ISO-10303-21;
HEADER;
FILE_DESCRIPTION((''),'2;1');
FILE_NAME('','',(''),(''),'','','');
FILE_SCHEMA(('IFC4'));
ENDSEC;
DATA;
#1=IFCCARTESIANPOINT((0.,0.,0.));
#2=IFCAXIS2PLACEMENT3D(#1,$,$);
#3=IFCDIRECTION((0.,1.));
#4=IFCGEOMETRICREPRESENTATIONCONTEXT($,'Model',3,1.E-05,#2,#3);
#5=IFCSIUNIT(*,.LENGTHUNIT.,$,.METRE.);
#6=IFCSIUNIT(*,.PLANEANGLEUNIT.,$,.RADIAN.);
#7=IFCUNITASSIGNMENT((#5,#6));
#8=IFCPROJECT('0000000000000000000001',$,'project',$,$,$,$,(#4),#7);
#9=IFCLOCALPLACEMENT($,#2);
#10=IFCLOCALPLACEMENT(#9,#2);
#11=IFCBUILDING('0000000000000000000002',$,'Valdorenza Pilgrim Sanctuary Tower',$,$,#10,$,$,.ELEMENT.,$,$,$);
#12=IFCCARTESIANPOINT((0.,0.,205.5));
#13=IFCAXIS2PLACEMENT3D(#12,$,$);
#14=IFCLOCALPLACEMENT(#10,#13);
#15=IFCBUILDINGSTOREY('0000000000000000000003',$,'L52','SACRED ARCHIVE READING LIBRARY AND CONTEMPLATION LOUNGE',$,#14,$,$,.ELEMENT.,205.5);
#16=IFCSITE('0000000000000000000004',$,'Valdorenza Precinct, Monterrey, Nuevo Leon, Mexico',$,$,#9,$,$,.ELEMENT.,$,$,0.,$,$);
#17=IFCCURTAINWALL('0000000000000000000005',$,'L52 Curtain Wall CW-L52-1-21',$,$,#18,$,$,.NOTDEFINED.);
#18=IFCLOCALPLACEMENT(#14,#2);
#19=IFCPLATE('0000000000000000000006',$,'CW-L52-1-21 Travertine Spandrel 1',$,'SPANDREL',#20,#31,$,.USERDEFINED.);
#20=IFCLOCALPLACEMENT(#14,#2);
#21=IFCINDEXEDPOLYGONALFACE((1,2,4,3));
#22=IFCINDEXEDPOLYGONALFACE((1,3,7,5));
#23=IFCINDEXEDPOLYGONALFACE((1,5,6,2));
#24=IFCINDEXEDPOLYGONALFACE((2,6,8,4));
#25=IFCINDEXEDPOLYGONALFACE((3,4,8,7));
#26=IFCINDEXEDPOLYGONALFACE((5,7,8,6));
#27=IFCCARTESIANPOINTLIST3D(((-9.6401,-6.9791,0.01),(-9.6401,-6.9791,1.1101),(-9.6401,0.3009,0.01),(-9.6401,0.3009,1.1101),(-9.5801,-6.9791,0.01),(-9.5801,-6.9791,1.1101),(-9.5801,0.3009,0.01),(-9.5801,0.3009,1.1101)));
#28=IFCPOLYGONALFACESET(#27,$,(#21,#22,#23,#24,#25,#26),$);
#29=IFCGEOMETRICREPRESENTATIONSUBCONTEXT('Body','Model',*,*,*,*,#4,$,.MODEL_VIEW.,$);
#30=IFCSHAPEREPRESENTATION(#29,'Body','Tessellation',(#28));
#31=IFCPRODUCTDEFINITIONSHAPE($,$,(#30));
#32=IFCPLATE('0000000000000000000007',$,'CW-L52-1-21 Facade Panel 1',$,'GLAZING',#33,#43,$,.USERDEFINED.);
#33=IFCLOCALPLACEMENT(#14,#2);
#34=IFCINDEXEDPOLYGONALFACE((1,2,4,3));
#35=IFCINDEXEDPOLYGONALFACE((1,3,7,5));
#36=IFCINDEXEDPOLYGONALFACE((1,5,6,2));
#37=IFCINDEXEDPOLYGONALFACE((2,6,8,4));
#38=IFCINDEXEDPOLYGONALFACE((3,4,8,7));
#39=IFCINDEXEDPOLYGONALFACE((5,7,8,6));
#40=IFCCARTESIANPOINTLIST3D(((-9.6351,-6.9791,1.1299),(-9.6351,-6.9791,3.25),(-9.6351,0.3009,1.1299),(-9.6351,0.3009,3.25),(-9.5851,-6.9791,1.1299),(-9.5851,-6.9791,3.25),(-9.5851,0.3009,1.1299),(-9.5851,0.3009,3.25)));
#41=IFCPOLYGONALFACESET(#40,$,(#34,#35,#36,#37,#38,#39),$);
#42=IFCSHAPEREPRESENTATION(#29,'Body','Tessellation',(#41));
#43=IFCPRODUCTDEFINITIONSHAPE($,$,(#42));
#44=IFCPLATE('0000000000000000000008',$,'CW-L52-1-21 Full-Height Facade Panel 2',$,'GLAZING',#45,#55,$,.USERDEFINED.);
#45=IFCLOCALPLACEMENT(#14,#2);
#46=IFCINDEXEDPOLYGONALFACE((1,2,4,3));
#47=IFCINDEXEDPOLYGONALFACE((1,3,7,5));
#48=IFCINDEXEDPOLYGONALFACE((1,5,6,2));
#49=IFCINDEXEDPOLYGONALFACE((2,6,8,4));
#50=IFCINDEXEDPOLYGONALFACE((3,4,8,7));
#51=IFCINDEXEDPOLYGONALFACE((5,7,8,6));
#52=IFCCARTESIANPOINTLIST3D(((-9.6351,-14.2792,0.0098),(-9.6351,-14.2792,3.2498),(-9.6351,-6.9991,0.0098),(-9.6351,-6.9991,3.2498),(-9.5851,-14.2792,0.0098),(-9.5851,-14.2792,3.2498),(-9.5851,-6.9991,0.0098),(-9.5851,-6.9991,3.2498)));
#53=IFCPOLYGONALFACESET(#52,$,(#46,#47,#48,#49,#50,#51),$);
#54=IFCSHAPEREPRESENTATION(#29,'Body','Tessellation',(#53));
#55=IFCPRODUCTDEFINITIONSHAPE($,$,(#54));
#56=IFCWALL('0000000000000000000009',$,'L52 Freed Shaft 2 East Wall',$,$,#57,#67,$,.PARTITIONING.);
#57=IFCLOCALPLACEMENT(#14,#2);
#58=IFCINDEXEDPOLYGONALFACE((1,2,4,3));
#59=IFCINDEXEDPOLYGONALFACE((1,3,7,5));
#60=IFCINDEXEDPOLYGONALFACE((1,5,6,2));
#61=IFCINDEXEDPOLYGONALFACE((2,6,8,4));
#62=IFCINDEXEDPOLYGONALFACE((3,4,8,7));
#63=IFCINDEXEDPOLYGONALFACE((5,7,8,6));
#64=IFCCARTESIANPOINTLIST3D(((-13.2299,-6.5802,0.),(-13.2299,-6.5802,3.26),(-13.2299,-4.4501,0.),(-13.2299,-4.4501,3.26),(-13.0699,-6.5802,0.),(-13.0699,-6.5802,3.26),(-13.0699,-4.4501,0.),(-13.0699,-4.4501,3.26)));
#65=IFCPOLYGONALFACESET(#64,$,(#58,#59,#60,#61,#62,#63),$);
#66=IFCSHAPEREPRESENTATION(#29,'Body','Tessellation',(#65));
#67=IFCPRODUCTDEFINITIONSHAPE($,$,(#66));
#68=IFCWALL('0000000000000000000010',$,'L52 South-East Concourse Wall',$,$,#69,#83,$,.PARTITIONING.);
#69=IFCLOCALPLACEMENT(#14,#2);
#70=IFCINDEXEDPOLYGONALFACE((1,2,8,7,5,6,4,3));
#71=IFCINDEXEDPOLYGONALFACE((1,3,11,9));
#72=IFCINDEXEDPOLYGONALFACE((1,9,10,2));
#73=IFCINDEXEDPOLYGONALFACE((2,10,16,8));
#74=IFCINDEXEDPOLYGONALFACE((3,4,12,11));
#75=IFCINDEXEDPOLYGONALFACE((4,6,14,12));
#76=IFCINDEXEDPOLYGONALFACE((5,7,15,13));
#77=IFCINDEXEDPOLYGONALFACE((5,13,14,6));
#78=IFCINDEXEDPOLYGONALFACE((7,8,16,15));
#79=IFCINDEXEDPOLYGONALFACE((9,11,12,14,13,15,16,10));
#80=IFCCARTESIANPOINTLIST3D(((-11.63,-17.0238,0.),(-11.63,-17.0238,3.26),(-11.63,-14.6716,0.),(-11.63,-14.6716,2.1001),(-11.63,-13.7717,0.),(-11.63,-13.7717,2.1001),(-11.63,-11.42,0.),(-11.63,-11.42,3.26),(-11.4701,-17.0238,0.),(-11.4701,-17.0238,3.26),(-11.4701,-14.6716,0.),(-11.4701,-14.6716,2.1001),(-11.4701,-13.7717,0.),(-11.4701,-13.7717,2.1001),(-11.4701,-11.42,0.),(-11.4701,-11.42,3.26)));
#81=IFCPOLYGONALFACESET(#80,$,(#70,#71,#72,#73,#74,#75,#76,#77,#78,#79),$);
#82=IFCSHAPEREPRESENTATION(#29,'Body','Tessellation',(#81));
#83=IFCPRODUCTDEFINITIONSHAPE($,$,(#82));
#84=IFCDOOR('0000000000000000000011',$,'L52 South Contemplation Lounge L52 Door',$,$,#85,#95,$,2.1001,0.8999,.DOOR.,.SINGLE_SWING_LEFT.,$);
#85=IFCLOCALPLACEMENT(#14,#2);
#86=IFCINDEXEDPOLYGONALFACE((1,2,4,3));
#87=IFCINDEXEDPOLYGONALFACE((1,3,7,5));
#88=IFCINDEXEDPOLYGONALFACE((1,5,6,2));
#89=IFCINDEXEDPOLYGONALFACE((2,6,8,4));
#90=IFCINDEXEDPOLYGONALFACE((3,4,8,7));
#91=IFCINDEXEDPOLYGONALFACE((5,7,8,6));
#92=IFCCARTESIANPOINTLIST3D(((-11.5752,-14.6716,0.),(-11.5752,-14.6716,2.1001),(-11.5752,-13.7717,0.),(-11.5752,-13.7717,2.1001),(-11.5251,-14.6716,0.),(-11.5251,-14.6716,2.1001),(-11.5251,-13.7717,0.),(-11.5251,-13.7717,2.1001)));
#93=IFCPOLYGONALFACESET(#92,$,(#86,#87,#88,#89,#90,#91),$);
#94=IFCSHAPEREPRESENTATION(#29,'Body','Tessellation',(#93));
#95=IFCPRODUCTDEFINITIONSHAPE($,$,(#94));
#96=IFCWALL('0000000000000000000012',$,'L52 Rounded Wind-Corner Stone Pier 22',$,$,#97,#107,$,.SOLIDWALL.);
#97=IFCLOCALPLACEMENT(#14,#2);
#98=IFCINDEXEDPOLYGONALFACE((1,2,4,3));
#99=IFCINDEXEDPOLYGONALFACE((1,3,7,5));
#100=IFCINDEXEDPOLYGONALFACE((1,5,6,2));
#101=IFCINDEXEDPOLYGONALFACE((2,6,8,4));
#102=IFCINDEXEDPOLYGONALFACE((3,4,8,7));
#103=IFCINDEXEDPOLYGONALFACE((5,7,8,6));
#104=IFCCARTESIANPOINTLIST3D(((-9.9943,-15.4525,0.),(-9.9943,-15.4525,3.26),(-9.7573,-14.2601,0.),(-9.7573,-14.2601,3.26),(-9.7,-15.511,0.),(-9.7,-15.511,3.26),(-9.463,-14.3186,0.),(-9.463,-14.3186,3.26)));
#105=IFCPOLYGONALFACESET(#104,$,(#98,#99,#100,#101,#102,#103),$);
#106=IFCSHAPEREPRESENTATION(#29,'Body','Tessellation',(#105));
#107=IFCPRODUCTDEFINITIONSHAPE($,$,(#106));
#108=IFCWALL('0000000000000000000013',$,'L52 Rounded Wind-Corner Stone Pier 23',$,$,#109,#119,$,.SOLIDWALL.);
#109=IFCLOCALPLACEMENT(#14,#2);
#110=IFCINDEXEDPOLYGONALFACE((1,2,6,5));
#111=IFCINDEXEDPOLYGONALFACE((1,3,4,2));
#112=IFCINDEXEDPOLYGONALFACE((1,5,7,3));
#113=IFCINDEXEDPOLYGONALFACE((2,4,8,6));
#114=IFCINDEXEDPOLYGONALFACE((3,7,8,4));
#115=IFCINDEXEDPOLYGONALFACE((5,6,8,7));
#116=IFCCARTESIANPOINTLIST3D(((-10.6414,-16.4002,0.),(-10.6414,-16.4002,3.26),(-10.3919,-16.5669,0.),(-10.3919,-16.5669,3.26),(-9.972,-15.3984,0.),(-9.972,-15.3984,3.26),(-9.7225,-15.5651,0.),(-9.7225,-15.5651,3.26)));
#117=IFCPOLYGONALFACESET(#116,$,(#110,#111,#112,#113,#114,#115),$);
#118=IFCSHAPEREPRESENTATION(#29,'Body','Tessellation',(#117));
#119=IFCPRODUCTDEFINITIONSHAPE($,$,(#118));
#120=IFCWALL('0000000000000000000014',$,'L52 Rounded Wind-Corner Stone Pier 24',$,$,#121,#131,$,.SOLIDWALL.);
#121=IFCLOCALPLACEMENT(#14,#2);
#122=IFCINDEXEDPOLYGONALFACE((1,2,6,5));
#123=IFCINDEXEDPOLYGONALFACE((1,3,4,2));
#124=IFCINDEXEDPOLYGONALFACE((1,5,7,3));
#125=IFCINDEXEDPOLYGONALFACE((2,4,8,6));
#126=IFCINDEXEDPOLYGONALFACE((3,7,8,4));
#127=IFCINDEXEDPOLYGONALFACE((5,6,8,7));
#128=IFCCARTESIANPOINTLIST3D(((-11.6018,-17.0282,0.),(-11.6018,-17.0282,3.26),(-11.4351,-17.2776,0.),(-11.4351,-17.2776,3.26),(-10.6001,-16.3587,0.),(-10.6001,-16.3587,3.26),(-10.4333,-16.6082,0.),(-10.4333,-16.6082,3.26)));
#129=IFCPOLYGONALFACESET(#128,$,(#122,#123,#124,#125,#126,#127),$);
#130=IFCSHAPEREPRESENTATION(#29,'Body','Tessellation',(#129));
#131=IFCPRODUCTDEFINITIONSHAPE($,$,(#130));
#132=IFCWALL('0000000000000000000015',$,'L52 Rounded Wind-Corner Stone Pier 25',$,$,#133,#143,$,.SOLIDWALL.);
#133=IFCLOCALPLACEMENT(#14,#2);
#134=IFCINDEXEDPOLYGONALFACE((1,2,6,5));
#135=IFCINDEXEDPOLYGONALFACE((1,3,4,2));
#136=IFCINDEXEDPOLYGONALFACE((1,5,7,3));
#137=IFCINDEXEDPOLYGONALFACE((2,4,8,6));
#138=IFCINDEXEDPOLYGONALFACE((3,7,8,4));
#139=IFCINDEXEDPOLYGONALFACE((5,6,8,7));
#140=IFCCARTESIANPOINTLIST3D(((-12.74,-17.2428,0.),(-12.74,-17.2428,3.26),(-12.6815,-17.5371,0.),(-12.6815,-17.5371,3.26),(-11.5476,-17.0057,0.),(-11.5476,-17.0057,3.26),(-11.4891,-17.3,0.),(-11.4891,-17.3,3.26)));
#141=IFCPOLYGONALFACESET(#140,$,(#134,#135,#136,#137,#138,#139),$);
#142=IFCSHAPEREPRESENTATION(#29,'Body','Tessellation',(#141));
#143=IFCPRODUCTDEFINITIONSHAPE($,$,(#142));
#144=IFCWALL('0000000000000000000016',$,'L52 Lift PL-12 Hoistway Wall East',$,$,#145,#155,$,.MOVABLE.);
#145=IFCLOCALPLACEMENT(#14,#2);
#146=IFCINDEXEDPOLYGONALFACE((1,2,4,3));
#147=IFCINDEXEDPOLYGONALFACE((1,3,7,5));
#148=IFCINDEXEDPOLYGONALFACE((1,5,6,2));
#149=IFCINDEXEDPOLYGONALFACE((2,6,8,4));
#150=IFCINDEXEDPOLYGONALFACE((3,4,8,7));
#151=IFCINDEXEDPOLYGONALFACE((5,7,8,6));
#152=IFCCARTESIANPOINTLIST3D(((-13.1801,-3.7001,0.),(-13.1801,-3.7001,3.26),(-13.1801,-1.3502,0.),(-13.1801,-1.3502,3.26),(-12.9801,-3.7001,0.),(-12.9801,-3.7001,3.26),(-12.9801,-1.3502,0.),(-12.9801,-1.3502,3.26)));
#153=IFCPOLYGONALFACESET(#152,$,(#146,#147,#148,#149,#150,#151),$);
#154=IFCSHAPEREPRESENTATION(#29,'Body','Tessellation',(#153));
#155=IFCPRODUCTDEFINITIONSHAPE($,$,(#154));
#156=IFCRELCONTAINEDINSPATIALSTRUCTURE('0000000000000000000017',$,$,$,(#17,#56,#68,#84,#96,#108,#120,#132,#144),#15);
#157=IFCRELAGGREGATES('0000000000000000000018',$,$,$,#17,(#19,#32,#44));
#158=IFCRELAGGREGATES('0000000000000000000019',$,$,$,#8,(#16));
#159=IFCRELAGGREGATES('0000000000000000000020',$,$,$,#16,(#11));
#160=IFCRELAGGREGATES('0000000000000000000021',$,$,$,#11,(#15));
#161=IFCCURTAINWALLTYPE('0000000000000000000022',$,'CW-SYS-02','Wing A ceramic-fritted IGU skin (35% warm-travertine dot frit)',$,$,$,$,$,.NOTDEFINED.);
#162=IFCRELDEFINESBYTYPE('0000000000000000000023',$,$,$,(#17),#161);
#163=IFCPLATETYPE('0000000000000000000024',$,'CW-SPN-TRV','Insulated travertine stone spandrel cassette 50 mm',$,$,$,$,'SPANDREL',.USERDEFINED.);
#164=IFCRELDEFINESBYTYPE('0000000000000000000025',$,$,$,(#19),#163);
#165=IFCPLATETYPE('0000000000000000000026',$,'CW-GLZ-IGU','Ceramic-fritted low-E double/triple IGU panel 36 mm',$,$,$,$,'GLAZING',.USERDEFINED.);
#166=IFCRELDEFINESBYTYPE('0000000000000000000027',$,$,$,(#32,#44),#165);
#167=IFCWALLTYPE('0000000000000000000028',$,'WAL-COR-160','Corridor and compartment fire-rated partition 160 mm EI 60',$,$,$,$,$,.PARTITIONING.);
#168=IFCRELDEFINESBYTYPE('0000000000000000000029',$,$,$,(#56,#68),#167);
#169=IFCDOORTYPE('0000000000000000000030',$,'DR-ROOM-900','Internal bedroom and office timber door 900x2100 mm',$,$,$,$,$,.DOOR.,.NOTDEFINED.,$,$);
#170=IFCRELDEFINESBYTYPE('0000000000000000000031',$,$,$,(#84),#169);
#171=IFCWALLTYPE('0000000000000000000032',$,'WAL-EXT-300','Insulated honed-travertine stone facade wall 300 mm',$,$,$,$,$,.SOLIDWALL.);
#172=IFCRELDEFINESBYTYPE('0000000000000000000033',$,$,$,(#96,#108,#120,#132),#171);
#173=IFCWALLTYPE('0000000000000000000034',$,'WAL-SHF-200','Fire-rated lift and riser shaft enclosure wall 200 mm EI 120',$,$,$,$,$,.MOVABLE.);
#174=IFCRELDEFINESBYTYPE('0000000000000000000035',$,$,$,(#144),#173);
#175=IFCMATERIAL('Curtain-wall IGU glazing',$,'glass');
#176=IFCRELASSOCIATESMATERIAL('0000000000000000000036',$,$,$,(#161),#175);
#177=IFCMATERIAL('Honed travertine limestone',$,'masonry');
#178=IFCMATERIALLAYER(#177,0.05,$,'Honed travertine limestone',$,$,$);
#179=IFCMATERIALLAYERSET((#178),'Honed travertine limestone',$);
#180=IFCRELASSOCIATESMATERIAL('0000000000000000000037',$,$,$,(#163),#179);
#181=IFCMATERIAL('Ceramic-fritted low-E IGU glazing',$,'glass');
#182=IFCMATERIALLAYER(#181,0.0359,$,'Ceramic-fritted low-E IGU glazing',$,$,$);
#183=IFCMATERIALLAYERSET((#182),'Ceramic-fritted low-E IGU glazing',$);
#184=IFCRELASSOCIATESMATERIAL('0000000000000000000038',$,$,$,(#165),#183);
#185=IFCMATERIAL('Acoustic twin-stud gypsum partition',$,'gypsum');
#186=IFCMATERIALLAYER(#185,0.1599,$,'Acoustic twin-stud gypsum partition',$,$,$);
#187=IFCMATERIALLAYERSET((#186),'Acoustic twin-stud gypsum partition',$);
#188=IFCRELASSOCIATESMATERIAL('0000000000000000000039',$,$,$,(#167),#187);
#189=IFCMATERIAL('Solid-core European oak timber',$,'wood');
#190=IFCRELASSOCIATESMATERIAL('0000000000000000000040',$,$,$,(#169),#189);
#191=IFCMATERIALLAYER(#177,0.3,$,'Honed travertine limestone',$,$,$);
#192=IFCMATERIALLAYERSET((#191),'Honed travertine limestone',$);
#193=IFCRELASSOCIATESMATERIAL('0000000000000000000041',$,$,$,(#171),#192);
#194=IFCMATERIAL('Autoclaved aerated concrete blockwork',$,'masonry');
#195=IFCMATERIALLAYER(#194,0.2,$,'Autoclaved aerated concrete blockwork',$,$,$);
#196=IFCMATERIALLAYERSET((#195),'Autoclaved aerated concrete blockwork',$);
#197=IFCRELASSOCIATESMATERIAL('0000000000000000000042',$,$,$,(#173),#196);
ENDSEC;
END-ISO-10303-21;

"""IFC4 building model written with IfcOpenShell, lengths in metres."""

from ifc_helpers import new_model, si_unit, direction, frame, frame_2d, origin, origin_2d, place, context, subcontext, project, spatial, rectangle, extrude, source, transform, mapped, material, layer, layer_set, type_object, element, fill, aggregate, save


model = new_model("IFC4")

# Units and contexts
model_context = context("Model", 3, precision=1e-05, world=origin(), true_north=direction((0.0, 1.0)))
body_context = subcontext(model_context, "Body", "Model", "MODEL_VIEW")
ifc_project = project(units=[si_unit("LENGTHUNIT", "METRE"), si_unit("PLANEANGLEUNIT", "RADIAN")], contexts=[model_context])

# Site, building, storey
site_placement = place(None, origin())
site = spatial("IfcSite", under=ifc_project, at=site_placement, Name="Valdorenza Precinct, Monterrey, Nuevo Leon, Mexico", CompositionType="ELEMENT", RefElevation=0.0)
building_placement = place(site_placement, origin())
building = spatial("IfcBuilding", under=site, at=building_placement, Name="Valdorenza Pilgrim Sanctuary Tower", CompositionType="ELEMENT")
storey_placement = place(building_placement, frame((0.0, 0.0, 205.5)))
storey = spatial("IfcBuildingStorey", under=building, at=storey_placement, Name="L52", Description="SACRED ARCHIVE READING LIBRARY AND CONTEMPLATION LOUNGE", CompositionType="ELEMENT", Elevation=205.5)

# Shared definitions
ifc_material_1 = material(Name="Curtain-wall IGU glazing", Category="glass")
curtain_wall_type = type_object("IfcCurtainWallType", Name="CW-SYS-02", Description="Wing A ceramic-fritted IGU skin (35% warm-travertine dot frit)", PredefinedType="NOTDEFINED", material=ifc_material_1)

# Curtain wall
curtain_wall_1_placement = place(storey_placement, origin())
curtain_wall_1 = element("IfcCurtainWall", 1, at=curtain_wall_1_placement, inside=storey, type_object=curtain_wall_type, Name="L52 Curtain Wall CW-L52-1-21", PredefinedType="NOTDEFINED")

# Plates
ifc_material_2 = material(Name="Honed travertine limestone", Category="masonry")
ifc_layer_1 = layer(ifc_material_2, 0.05, Name="Honed travertine limestone")
ifc_layer_set_1 = layer_set([ifc_layer_1], Name="Honed travertine limestone")
plate_type_1 = type_object("IfcPlateType", Name="CW-SPN-TRV", Description="Insulated travertine stone spandrel cassette 50 mm", ElementType="SPANDREL", PredefinedType="USERDEFINED", material=ifc_layer_set_1)
shared_shape_1 = source(origin(), body_context, "Body", "SweptSolid", [
    extrude(rectangle(XDim=7.28, YDim=0.0601, at=origin_2d()), origin(), (0.0, 0.0, 1.0), 1.1001),
])
plate_1_placement = place(storey_placement, frame((-9.6101, -3.3391, 0.01), z_axis=(0.0, 0.0, 1.0), x_axis=(0.0, -1.0, 0.0)))
plate_1 = element("IfcPlate", 2, at=plate_1_placement, type_object=plate_type_1, Name="CW-L52-1-21 Travertine Spandrel 1", ObjectType="SPANDREL", PredefinedType="USERDEFINED", context=body_context, shape_type="MappedRepresentation", body=[
    mapped(shared_shape_1, transform((0.0, 0.0, 0.0), x_axis=(1.0, 0.0, 0.0), y_axis=(0.0, 1.0, 0.0), z_axis=(0.0, 0.0, 1.0), scale=1.0)),
])
ifc_material_3 = material(Name="Ceramic-fritted low-E IGU glazing", Category="glass")
ifc_layer_2 = layer(ifc_material_3, 0.0359, Name="Ceramic-fritted low-E IGU glazing")
ifc_layer_set_2 = layer_set([ifc_layer_2], Name="Ceramic-fritted low-E IGU glazing")
plate_type_2 = type_object("IfcPlateType", Name="CW-GLZ-IGU", Description="Ceramic-fritted low-E double/triple IGU panel 36 mm", ElementType="GLAZING", PredefinedType="USERDEFINED", material=ifc_layer_set_2)
shared_shape_2 = source(origin(), body_context, "Body", "SweptSolid", [
    extrude(rectangle(XDim=7.28, YDim=0.05, at=origin_2d()), origin(), (0.0, 0.0, 1.0), 2.1201),
])
plate_2_placement = place(storey_placement, frame((-9.6101, -3.3391, 1.1299), z_axis=(0.0, 0.0, 1.0), x_axis=(0.0, -1.0, 0.0)))
plate_2 = element("IfcPlate", 3, at=plate_2_placement, type_object=plate_type_2, Name="CW-L52-1-21 Facade Panel 1", ObjectType="GLAZING", PredefinedType="USERDEFINED", context=body_context, shape_type="MappedRepresentation", body=[
    mapped(shared_shape_2, transform((0.0, 0.0, 0.0), x_axis=(1.0, 0.0, 0.0), y_axis=(0.0, 1.0, 0.0), z_axis=(0.0, 0.0, 1.0), scale=1.0)),
])
shared_shape_3 = source(origin(), body_context, "Body", "SweptSolid", [
    extrude(rectangle(XDim=7.28, YDim=0.05, at=origin_2d()), origin(), (0.0, 0.0, 1.0), 3.24),
])
plate_3_placement = place(storey_placement, frame((-9.6101, -10.6392, 0.0098), z_axis=(0.0, 0.0, 1.0), x_axis=(0.0, -1.0, 0.0)))
plate_3 = element("IfcPlate", 4, at=plate_3_placement, type_object=plate_type_2, Name="CW-L52-1-21 Full-Height Facade Panel 2", ObjectType="GLAZING", PredefinedType="USERDEFINED", context=body_context, shape_type="MappedRepresentation", body=[
    mapped(shared_shape_3, transform((0.0, 0.0, 0.0), x_axis=(1.0, 0.0, 0.0), y_axis=(0.0, 1.0, 0.0), z_axis=(0.0, 0.0, 1.0), scale=1.0)),
])
aggregate(curtain_wall_1, [plate_1, plate_2, plate_3])

# Wall
ifc_material_4 = material(Name="Acoustic twin-stud gypsum partition", Category="gypsum")
ifc_layer_3 = layer(ifc_material_4, 0.1599, Name="Acoustic twin-stud gypsum partition")
ifc_layer_set_3 = layer_set([ifc_layer_3], Name="Acoustic twin-stud gypsum partition")
wall_type_1 = type_object("IfcWallType", Name="WAL-COR-160", Description="Corridor and compartment fire-rated partition 160 mm EI 60", PredefinedType="PARTITIONING", material=ifc_layer_set_3)
wall_1_placement = place(storey_placement, frame((-13.1499, -6.5801, 0.0), z_axis=(0.0, 0.0, 1.0), x_axis=(0.0, 1.0, 0.0)))
element("IfcWall", 5, at=wall_1_placement, inside=storey, type_object=wall_type_1, Name="L52 Freed Shaft 2 East Wall", PredefinedType="PARTITIONING", context=body_context, shape_type="SweptSolid", body=[
    extrude(rectangle(XDim=2.1301, YDim=0.1599, at=frame_2d((1.0649, 0.0))), origin(), (0.0, 0.0, 1.0), 3.26),
])

# Wall, opening, door
wall_2_placement = place(storey_placement, frame((-11.55, -17.0237, 0.0), z_axis=(0.0, 0.0, 1.0), x_axis=(0.0, 1.0, 0.0)))
wall_2 = element("IfcWall", 6, at=wall_2_placement, inside=storey, type_object=wall_type_1, Name="L52 South-East Concourse Wall", PredefinedType="PARTITIONING", context=body_context, shape_type="SweptSolid", body=[
    extrude(rectangle(XDim=5.6038, YDim=0.1599, at=frame_2d((2.8018, 0.0))), origin(), (0.0, 0.0, 1.0), 3.26),
])
opening_placement = place(wall_2_placement, frame((2.3521, 0.0, 0.0)))
opening = element("IfcOpeningElement", 7, at=opening_placement, cuts=wall_2, PredefinedType="OPENING", context=body_context, shape_type="SweptSolid", body=[
    extrude(rectangle(XDim=0.8999, YDim=2.1001, at=frame_2d((0.45, 1.05))), frame((0.0, 0.0947, 0.0), z_axis=(0.0, -1.0, 0.0), x_axis=(1.0, 0.0, 0.0)), (0.0, 0.0, 1.0), 0.1897),
])
ifc_material_5 = material(Name="Solid-core European oak timber", Category="wood")
door_type = type_object("IfcDoorType", Name="DR-ROOM-900", Description="Internal bedroom and office timber door 900x2100 mm", OperationType="NOTDEFINED", PredefinedType="DOOR", material=ifc_material_5)
door_placement = place(opening_placement, frame((0.8999, 0.0, 0.0), z_axis=(0.0, 0.0, 1.0), x_axis=(-1.0, 0.0, 0.0)))
door = element("IfcDoor", 8, at=door_placement, inside=storey, type_object=door_type, Name="L52 South Contemplation Lounge L52 Door", OperationType="SINGLE_SWING_LEFT", OverallHeight=2.1001, OverallWidth=0.8999, PredefinedType="DOOR", context=body_context, shape_type="SweptSolid", body=[
    extrude(rectangle(XDim=0.8999, YDim=2.1001, at=frame_2d((0.45, 1.05))), frame((0.0, 0.0249, 0.0), z_axis=(0.0, -1.0, 0.0), x_axis=(1.0, 0.0, 0.0)), (0.0, 0.0, 1.0), 0.05),
])
fill(opening, door)

# Walls
ifc_layer_4 = layer(ifc_material_2, 0.3, Name="Honed travertine limestone")
ifc_layer_set_4 = layer_set([ifc_layer_4], Name="Honed travertine limestone")
wall_type_2 = type_object("IfcWallType", Name="WAL-EXT-300", Description="Insulated honed-travertine stone facade wall 300 mm", PredefinedType="SOLIDWALL", material=ifc_layer_set_4)
wall_3_placement = place(storey_placement, frame((-9.6101, -14.2893, 0.0), z_axis=(0.0, 0.0, 1.0), x_axis=(-0.194996, -0.980804, 0.0)))
element("IfcWall", 9, at=wall_3_placement, inside=storey, type_object=wall_type_2, Name="L52 Rounded Wind-Corner Stone Pier 22", PredefinedType="SOLIDWALL", context=body_context, shape_type="SweptSolid", body=[
    extrude(rectangle(XDim=1.2158, YDim=0.3, at=frame_2d((0.6079, 0.0))), origin(), (0.0, 0.0, 1.0), 3.26),
])
for number, where, z_axis, x_axis, name in (
    (10, (-9.8472, -15.4817, 0.0), (0.0, 0.0, 1.0), (-0.555635, -0.831426, 0.0), "L52 Rounded Wind-Corner Stone Pier 23"),
    (11, (-10.5166, -16.4834, 0.0), (0.0, 0.0, 1.0), (-0.831426, -0.555635, 0.0), "L52 Rounded Wind-Corner Stone Pier 24"),
):
    element("IfcWall", number, at=place(storey_placement, frame(where, z_axis=z_axis, x_axis=x_axis)), inside=storey, type_object=wall_type_2, Name=name, PredefinedType="SOLIDWALL", context=body_context, shape_type="SweptSolid", body=[
        extrude(rectangle(XDim=1.2048, YDim=0.3, at=frame_2d((0.6025, 0.0))), origin(), (0.0, 0.0, 1.0), 3.26),
    ])
wall_4_placement = place(storey_placement, frame((-11.5183, -17.1528, 0.0), z_axis=(0.0, 0.0, 1.0), x_axis=(-0.980804, -0.194996, 0.0)))
element("IfcWall", 12, at=wall_4_placement, inside=storey, type_object=wall_type_2, Name="L52 Rounded Wind-Corner Stone Pier 25", PredefinedType="SOLIDWALL", context=body_context, shape_type="SweptSolid", body=[
    extrude(rectangle(XDim=1.2158, YDim=0.3, at=frame_2d((0.6079, 0.0))), origin(), (0.0, 0.0, 1.0), 3.26),
])
ifc_material_6 = material(Name="Autoclaved aerated concrete blockwork", Category="masonry")
ifc_layer_5 = layer(ifc_material_6, 0.2, Name="Autoclaved aerated concrete blockwork")
ifc_layer_set_5 = layer_set([ifc_layer_5], Name="Autoclaved aerated concrete blockwork")
wall_type_3 = type_object("IfcWallType", Name="WAL-SHF-200", Description="Fire-rated lift and riser shaft enclosure wall 200 mm EI 120", PredefinedType="MOVABLE", material=ifc_layer_set_5)
wall_5_placement = place(storey_placement, frame((-13.0801, -3.7, 0.0), z_axis=(0.0, 0.0, 1.0), x_axis=(0.0, 1.0, 0.0)))
element("IfcWall", 13, at=wall_5_placement, inside=storey, type_object=wall_type_3, Name="L52 Lift PL-12 Hoistway Wall East", PredefinedType="MOVABLE", context=body_context, shape_type="SweptSolid", body=[
    extrude(rectangle(XDim=2.3499, YDim=0.2, at=frame_2d((1.1748, 0.0))), origin(), (0.0, 0.0, 1.0), 3.26),
])

save(model, "model.ifc")
